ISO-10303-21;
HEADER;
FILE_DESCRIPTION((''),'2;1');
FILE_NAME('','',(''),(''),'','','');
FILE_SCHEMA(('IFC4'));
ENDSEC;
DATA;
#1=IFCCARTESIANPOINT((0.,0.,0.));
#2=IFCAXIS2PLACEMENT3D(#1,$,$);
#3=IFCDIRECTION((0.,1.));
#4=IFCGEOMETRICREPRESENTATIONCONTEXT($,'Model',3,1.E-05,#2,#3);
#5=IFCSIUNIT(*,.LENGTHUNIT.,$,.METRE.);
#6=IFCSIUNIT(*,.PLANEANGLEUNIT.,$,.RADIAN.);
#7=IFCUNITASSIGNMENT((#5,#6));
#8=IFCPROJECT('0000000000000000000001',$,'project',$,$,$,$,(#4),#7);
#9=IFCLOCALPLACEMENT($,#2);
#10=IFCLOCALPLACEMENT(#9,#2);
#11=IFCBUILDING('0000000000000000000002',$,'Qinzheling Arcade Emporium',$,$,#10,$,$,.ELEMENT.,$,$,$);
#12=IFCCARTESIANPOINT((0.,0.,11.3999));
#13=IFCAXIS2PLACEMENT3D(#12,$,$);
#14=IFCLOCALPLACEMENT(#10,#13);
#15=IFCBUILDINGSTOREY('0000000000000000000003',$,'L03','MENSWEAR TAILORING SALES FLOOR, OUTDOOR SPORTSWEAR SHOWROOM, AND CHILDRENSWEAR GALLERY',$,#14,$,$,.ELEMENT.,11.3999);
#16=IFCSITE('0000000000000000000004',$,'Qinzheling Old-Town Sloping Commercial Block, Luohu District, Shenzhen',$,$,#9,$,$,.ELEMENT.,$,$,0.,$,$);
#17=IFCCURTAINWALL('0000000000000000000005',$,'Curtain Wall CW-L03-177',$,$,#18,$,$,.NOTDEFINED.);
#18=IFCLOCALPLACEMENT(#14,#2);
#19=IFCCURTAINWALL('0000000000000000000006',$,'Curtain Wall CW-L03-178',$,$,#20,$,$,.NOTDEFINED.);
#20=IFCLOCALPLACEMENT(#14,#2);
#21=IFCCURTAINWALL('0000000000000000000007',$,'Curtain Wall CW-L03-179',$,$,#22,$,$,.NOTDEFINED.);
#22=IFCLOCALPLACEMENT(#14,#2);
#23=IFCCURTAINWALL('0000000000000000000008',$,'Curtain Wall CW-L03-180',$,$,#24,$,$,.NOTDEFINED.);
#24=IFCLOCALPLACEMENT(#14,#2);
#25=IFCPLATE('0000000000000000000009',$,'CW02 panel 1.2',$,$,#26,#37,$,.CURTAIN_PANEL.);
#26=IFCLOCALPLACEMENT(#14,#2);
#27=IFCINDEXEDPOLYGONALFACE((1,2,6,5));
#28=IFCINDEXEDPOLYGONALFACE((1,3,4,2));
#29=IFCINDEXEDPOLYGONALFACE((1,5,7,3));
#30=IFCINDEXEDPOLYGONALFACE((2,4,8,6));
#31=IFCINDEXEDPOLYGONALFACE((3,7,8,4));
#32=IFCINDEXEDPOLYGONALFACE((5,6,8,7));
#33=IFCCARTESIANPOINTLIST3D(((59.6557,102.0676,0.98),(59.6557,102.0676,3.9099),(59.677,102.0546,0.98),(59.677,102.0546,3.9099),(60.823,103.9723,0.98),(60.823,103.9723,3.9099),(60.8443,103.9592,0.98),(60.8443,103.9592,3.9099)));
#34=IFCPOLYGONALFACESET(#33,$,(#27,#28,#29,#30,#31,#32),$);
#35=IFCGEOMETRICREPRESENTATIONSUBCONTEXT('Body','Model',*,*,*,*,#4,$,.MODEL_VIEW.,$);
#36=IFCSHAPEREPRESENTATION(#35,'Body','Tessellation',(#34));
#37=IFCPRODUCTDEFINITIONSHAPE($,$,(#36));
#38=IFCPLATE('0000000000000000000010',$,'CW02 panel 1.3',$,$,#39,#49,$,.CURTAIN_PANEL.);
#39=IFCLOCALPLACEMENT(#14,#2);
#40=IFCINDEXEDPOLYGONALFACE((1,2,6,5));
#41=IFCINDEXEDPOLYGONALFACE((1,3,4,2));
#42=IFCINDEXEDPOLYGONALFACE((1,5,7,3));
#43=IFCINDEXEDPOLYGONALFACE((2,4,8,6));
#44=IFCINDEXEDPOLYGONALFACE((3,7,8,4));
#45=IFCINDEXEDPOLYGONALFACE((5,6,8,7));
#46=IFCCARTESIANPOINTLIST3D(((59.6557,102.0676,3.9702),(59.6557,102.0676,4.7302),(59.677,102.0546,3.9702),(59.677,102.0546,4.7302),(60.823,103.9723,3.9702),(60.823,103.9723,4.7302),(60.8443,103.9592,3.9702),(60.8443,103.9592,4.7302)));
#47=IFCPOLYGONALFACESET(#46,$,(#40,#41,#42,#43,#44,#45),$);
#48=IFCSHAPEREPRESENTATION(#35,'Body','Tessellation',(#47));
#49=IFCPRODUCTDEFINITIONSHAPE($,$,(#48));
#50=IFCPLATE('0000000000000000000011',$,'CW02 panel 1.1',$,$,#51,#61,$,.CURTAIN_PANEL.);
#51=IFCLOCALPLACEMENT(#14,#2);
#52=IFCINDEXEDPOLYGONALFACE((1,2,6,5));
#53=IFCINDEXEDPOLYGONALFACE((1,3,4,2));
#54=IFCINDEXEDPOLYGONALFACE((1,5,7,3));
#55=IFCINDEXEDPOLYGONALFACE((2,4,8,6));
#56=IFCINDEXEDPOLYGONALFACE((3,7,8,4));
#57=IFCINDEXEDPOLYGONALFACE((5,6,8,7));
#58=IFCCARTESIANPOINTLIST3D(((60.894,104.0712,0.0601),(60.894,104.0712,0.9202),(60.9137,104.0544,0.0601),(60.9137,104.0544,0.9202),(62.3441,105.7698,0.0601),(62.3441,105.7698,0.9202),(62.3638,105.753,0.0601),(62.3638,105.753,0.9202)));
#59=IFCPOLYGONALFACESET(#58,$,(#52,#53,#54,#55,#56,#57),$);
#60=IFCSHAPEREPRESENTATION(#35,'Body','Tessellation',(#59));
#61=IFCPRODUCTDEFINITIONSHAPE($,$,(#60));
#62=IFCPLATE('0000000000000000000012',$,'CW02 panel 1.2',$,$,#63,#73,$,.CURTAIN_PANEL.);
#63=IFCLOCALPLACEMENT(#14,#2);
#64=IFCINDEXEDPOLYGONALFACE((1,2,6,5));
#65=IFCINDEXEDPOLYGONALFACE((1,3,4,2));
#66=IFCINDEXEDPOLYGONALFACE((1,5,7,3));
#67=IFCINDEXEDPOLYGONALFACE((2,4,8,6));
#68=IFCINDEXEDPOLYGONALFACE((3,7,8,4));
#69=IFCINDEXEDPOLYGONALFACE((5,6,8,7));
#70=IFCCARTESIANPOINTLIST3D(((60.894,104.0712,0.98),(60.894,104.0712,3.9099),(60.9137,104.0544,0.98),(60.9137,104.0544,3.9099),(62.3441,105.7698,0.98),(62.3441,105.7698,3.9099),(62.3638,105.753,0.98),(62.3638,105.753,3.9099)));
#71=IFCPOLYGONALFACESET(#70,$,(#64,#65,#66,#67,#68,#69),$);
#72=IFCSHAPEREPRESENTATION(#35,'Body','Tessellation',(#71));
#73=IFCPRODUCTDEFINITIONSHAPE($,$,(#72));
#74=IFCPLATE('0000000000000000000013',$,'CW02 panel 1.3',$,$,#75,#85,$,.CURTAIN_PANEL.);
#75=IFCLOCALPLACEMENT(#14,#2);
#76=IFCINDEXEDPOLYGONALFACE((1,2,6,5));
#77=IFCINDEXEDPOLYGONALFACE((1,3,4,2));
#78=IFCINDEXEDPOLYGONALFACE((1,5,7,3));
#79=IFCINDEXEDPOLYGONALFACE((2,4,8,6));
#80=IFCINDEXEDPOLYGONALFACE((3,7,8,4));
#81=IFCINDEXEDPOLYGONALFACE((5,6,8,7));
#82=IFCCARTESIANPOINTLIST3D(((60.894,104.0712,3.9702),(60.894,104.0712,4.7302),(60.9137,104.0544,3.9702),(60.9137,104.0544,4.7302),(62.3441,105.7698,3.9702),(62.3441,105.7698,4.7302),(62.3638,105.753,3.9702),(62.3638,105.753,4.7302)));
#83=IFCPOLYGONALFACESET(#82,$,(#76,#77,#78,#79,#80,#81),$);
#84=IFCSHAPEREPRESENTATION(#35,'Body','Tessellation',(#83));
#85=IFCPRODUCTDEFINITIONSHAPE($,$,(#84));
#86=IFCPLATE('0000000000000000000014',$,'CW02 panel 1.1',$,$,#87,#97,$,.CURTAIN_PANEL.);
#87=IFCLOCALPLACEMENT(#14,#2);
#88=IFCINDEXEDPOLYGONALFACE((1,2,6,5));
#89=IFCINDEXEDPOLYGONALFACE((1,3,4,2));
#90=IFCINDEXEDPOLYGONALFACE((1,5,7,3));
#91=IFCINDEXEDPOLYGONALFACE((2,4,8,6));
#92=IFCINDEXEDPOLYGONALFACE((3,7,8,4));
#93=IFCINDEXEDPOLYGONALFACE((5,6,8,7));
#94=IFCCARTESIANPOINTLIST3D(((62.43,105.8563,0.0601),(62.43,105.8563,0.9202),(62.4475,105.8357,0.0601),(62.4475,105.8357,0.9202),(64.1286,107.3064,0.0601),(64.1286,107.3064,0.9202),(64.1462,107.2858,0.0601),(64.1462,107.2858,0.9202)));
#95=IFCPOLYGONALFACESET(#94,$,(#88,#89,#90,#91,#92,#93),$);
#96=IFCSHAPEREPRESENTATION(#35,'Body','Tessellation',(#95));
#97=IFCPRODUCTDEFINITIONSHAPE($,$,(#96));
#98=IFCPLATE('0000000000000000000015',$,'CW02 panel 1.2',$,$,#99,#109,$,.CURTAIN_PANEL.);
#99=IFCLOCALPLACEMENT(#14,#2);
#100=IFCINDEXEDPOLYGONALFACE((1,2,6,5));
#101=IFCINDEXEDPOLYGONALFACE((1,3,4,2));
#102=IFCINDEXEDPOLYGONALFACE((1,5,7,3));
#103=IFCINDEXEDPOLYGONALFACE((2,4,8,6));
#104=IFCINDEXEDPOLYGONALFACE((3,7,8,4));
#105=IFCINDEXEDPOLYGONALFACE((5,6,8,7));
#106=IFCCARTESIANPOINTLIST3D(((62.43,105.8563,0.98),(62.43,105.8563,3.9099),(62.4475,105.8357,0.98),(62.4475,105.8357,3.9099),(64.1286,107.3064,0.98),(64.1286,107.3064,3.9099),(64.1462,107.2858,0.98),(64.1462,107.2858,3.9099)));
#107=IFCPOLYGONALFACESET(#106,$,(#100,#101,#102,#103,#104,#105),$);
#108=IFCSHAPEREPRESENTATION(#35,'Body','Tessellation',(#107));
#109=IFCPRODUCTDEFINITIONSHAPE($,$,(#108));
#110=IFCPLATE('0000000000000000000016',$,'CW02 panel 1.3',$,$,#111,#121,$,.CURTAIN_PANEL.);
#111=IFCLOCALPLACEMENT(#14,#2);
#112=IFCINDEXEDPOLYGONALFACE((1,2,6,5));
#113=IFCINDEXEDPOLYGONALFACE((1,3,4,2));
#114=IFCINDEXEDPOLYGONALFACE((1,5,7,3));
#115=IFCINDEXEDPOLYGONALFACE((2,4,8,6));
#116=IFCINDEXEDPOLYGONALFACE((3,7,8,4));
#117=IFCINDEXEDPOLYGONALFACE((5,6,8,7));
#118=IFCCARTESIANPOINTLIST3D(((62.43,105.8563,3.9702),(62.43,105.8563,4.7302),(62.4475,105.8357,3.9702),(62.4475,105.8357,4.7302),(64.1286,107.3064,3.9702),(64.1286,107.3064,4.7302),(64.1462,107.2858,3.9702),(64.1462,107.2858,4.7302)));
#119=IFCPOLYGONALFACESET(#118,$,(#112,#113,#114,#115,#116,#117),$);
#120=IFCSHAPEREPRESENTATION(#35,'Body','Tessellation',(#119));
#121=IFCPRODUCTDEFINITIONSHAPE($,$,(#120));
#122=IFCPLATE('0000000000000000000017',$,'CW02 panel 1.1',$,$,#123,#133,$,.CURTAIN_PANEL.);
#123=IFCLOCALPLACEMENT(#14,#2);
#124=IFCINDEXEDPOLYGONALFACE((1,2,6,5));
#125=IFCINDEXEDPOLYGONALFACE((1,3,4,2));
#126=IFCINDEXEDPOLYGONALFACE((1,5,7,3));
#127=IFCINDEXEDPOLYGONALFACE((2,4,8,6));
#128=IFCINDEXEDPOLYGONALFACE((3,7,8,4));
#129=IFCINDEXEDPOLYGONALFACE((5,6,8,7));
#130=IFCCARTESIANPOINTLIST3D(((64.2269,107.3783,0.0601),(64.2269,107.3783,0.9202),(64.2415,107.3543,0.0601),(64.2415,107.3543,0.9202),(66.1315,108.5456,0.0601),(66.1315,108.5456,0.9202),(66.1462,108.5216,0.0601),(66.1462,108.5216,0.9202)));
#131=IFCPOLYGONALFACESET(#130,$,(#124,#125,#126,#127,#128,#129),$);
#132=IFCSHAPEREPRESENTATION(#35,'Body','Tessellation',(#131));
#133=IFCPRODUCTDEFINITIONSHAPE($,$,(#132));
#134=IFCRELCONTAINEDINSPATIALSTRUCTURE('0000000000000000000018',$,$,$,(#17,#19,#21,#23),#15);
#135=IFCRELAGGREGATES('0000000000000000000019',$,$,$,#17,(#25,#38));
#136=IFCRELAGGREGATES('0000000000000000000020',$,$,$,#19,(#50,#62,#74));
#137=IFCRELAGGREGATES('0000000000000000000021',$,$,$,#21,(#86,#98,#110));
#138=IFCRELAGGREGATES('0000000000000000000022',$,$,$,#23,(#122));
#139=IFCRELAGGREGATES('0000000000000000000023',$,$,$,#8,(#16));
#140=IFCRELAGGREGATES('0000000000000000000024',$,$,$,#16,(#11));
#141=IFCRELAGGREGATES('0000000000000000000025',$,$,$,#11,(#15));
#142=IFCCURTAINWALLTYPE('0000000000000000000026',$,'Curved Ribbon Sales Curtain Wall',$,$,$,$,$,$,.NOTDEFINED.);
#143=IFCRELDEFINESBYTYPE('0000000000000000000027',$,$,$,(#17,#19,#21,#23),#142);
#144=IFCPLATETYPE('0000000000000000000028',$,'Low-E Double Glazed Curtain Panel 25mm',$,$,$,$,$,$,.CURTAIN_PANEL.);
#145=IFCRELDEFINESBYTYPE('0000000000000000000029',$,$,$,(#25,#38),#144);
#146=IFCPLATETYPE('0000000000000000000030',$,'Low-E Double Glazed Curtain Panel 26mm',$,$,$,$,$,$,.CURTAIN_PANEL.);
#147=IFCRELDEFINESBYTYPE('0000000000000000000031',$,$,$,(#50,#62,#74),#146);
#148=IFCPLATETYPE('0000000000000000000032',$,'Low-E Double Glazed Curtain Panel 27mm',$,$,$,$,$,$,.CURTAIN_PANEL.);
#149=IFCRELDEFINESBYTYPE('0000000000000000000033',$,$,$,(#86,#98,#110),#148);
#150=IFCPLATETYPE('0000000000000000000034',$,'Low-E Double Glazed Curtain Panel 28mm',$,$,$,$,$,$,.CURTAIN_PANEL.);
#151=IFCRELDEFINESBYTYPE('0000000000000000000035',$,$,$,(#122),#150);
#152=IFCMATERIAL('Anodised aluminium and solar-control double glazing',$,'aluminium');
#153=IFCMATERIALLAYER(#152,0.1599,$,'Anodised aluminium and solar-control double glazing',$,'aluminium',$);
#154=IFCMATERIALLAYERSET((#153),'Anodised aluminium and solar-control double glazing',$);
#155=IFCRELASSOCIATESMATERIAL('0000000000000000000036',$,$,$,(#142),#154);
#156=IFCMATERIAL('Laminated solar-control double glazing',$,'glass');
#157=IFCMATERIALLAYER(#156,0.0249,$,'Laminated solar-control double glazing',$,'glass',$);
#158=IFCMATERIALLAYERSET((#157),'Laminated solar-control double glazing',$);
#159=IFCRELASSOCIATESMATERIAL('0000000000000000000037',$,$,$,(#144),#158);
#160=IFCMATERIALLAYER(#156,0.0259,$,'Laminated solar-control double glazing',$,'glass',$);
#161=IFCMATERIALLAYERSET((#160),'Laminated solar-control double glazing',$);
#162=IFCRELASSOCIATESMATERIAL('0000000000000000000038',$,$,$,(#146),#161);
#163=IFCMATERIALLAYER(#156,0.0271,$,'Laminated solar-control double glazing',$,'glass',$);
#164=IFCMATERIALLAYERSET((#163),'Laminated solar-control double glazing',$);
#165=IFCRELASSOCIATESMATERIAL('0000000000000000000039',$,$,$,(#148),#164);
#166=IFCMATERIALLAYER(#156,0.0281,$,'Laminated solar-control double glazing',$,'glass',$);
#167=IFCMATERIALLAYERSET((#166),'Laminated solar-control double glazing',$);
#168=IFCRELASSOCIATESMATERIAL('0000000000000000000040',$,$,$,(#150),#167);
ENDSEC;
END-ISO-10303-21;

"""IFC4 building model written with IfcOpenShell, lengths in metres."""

from ifc_helpers import new_model, si_unit, direction, frame, origin, origin_2d, place, context, subcontext, project, spatial, rectangle, extrude, material, layer, layer_set, type_object, element, aggregate, save


model = new_model("IFC4")

# Units and contexts
model_context = context("Model", 3, precision=1e-05, world=origin(), true_north=direction((0.0, 1.0)))
body_context = subcontext(model_context, "Body", "Model", "MODEL_VIEW")
ifc_project = project(units=[si_unit("LENGTHUNIT", "METRE"), si_unit("PLANEANGLEUNIT", "RADIAN")], contexts=[model_context])

# Site, building, storey
site_placement = place(None, origin())
site = spatial("IfcSite", under=ifc_project, at=site_placement, Name="Qinzheling Old-Town Sloping Commercial Block, Luohu District, Shenzhen", CompositionType="ELEMENT", RefElevation=0.0)
building_placement = place(site_placement, origin())
building = spatial("IfcBuilding", under=site, at=building_placement, Name="Qinzheling Arcade Emporium", CompositionType="ELEMENT")
storey_placement = place(building_placement, frame((0.0, 0.0, 11.3999)))
storey = spatial("IfcBuildingStorey", under=building, at=storey_placement, Name="L03", Description="MENSWEAR TAILORING SALES FLOOR, OUTDOOR SPORTSWEAR SHOWROOM, AND CHILDRENSWEAR GALLERY", CompositionType="ELEMENT", Elevation=11.3999)

# Shared definitions
ifc_material_1 = material(Name="Anodised aluminium and solar-control double glazing", Category="aluminium")
ifc_layer_1 = layer(ifc_material_1, 0.1599, Name="Anodised aluminium and solar-control double glazing", Category="aluminium")
ifc_layer_set_1 = layer_set([ifc_layer_1], Name="Anodised aluminium and solar-control double glazing")
curtain_wall_type = type_object("IfcCurtainWallType", Name="Curved Ribbon Sales Curtain Wall", PredefinedType="NOTDEFINED", material=ifc_layer_set_1)

# Curtain walls
curtain_wall_1_placement = place(storey_placement, origin())
curtain_wall_1 = element("IfcCurtainWall", 1, at=curtain_wall_1_placement, inside=storey, type_object=curtain_wall_type, Name="Curtain Wall CW-L03-177", PredefinedType="NOTDEFINED")
curtain_wall_2_placement = place(storey_placement, origin())
curtain_wall_2 = element("IfcCurtainWall", 2, at=curtain_wall_2_placement, inside=storey, type_object=curtain_wall_type, Name="Curtain Wall CW-L03-178", PredefinedType="NOTDEFINED")
curtain_wall_3_placement = place(storey_placement, origin())
curtain_wall_3 = element("IfcCurtainWall", 3, at=curtain_wall_3_placement, inside=storey, type_object=curtain_wall_type, Name="Curtain Wall CW-L03-179", PredefinedType="NOTDEFINED")

# Curtain wall
curtain_wall_4_placement = place(storey_placement, origin())
curtain_wall_4 = element("IfcCurtainWall", 4, at=curtain_wall_4_placement, inside=storey, type_object=curtain_wall_type, Name="Curtain Wall CW-L03-180", PredefinedType="NOTDEFINED")

# Plates
ifc_material_2 = material(Name="Laminated solar-control double glazing", Category="glass")
ifc_layer_2 = layer(ifc_material_2, 0.0249, Name="Laminated solar-control double glazing", Category="glass")
ifc_layer_set_2 = layer_set([ifc_layer_2], Name="Laminated solar-control double glazing")
plate_type_1 = type_object("IfcPlateType", Name="Low-E Double Glazed Curtain Panel 25mm", PredefinedType="CURTAIN_PANEL", material=ifc_layer_set_2)
plate_1_placement = place(storey_placement, frame((60.25, 103.0134, 0.98), z_axis=(0.0, 0.0, 1.0), x_axis=(0.522532, 0.85262, 0.0)))
plate_1 = element("IfcPlate", 5, at=plate_1_placement, type_object=plate_type_1, Name="CW02 panel 1.2", PredefinedType="CURTAIN_PANEL", context=body_context, shape_type="SweptSolid", body=[
    extrude(rectangle(XDim=2.2339, YDim=0.0249, at=origin_2d()), origin(), (0.0, 0.0, 1.0), 2.9299),
])
plate_2_placement = place(storey_placement, frame((60.25, 103.0134, 3.9702), z_axis=(0.0, 0.0, 1.0), x_axis=(0.522532, 0.85262, 0.0)))
plate_2 = element("IfcPlate", 6, at=plate_2_placement, type_object=plate_type_1, Name="CW02 panel 1.3", PredefinedType="CURTAIN_PANEL", context=body_context, shape_type="SweptSolid", body=[
    extrude(rectangle(XDim=2.2339, YDim=0.0249, at=origin_2d()), origin(), (0.0, 0.0, 1.0), 0.76),
])
aggregate(curtain_wall_1, [plate_1, plate_2])
ifc_layer_3 = layer(ifc_material_2, 0.0259, Name="Laminated solar-control double glazing", Category="glass")
ifc_layer_set_3 = layer_set([ifc_layer_3], Name="Laminated solar-control double glazing")
plate_type_2 = type_object("IfcPlateType", Name="Low-E Double Glazed Curtain Panel 26mm", PredefinedType="CURTAIN_PANEL", material=ifc_layer_set_3)
plate_3_placement = place(storey_placement, frame((61.6289, 104.9121, 0.0601), z_axis=(0.0, 0.0, 1.0), x_axis=(0.64925, 0.760575, 0.0)))
plate_3 = element("IfcPlate", 7, at=plate_3_placement, type_object=plate_type_2, Name="CW02 panel 1.1", PredefinedType="CURTAIN_PANEL", context=body_context, shape_type="SweptSolid", body=[
    extrude(rectangle(XDim=2.2334, YDim=0.0259, at=origin_2d()), origin(), (0.0, 0.0, 1.0), 0.8601),
])
plate_4_placement = place(storey_placement, frame((61.6289, 104.9121, 0.98), z_axis=(0.0, 0.0, 1.0), x_axis=(0.64925, 0.760575, 0.0)))
plate_4 = element("IfcPlate", 8, at=plate_4_placement, type_object=plate_type_2, Name="CW02 panel 1.2", PredefinedType="CURTAIN_PANEL", context=body_context, shape_type="SweptSolid", body=[
    extrude(rectangle(XDim=2.2334, YDim=0.0259, at=origin_2d()), origin(), (0.0, 0.0, 1.0), 2.9299),
])
plate_5_placement = place(storey_placement, frame((61.6289, 104.9121, 3.9702), z_axis=(0.0, 0.0, 1.0), x_axis=(0.64925, 0.760575, 0.0)))
plate_5 = element("IfcPlate", 9, at=plate_5_placement, type_object=plate_type_2, Name="CW02 panel 1.3", PredefinedType="CURTAIN_PANEL", context=body_context, shape_type="SweptSolid", body=[
    extrude(rectangle(XDim=2.2334, YDim=0.0259, at=origin_2d()), origin(), (0.0, 0.0, 1.0), 0.76),
])
aggregate(curtain_wall_2, [plate_3, plate_4, plate_5])
ifc_layer_4 = layer(ifc_material_2, 0.0271, Name="Laminated solar-control double glazing", Category="glass")
ifc_layer_set_4 = layer_set([ifc_layer_4], Name="Laminated solar-control double glazing")
plate_type_3 = type_object("IfcPlateType", Name="Low-E Double Glazed Curtain Panel 27mm", PredefinedType="CURTAIN_PANEL", material=ifc_layer_set_4)
plate_6_placement = place(storey_placement, frame((63.2881, 106.571, 0.0601), z_axis=(0.0, 0.0, 1.0), x_axis=(0.760575, 0.64925, 0.0)))
plate_6 = element("IfcPlate", 10, at=plate_6_placement, type_object=plate_type_3, Name="CW02 panel 1.1", PredefinedType="CURTAIN_PANEL", context=body_context, shape_type="SweptSolid", body=[
    extrude(rectangle(XDim=2.2334, YDim=0.0271, at=origin_2d()), origin(), (0.0, 0.0, 1.0), 0.8601),
])
plate_7_placement = place(storey_placement, frame((63.2881, 106.571, 0.98), z_axis=(0.0, 0.0, 1.0), x_axis=(0.760575, 0.64925, 0.0)))
plate_7 = element("IfcPlate", 11, at=plate_7_placement, type_object=plate_type_3, Name="CW02 panel 1.2", PredefinedType="CURTAIN_PANEL", context=body_context, shape_type="SweptSolid", body=[
    extrude(rectangle(XDim=2.2334, YDim=0.0271, at=origin_2d()), origin(), (0.0, 0.0, 1.0), 2.9299),
])
plate_8_placement = place(storey_placement, frame((63.2881, 106.571, 3.9702), z_axis=(0.0, 0.0, 1.0), x_axis=(0.760575, 0.64925, 0.0)))
plate_8 = element("IfcPlate", 12, at=plate_8_placement, type_object=plate_type_3, Name="CW02 panel 1.3", PredefinedType="CURTAIN_PANEL", context=body_context, shape_type="SweptSolid", body=[
    extrude(rectangle(XDim=2.2334, YDim=0.0271, at=origin_2d()), origin(), (0.0, 0.0, 1.0), 0.76),
])
aggregate(curtain_wall_3, [plate_6, plate_7, plate_8])
ifc_layer_5 = layer(ifc_material_2, 0.0281, Name="Laminated solar-control double glazing", Category="glass")
ifc_layer_set_5 = layer_set([ifc_layer_5], Name="Laminated solar-control double glazing")
plate_type_4 = type_object("IfcPlateType", Name="Low-E Double Glazed Curtain Panel 28mm", PredefinedType="CURTAIN_PANEL", material=ifc_layer_set_5)
plate_9_placement = place(storey_placement, frame((65.1865, 107.95, 0.0601), z_axis=(0.0, 0.0, 1.0), x_axis=(0.85262, 0.522532, 0.0)))
plate_9 = element("IfcPlate", 13, at=plate_9_placement, type_object=plate_type_4, Name="CW02 panel 1.1", PredefinedType="CURTAIN_PANEL", context=body_context, shape_type="SweptSolid", body=[
    extrude(rectangle(XDim=2.2339, YDim=0.0281, at=origin_2d()), origin(), (0.0, 0.0, 1.0), 0.8601),
])
aggregate(curtain_wall_4, [plate_9])

save(model, "model.ifc")
